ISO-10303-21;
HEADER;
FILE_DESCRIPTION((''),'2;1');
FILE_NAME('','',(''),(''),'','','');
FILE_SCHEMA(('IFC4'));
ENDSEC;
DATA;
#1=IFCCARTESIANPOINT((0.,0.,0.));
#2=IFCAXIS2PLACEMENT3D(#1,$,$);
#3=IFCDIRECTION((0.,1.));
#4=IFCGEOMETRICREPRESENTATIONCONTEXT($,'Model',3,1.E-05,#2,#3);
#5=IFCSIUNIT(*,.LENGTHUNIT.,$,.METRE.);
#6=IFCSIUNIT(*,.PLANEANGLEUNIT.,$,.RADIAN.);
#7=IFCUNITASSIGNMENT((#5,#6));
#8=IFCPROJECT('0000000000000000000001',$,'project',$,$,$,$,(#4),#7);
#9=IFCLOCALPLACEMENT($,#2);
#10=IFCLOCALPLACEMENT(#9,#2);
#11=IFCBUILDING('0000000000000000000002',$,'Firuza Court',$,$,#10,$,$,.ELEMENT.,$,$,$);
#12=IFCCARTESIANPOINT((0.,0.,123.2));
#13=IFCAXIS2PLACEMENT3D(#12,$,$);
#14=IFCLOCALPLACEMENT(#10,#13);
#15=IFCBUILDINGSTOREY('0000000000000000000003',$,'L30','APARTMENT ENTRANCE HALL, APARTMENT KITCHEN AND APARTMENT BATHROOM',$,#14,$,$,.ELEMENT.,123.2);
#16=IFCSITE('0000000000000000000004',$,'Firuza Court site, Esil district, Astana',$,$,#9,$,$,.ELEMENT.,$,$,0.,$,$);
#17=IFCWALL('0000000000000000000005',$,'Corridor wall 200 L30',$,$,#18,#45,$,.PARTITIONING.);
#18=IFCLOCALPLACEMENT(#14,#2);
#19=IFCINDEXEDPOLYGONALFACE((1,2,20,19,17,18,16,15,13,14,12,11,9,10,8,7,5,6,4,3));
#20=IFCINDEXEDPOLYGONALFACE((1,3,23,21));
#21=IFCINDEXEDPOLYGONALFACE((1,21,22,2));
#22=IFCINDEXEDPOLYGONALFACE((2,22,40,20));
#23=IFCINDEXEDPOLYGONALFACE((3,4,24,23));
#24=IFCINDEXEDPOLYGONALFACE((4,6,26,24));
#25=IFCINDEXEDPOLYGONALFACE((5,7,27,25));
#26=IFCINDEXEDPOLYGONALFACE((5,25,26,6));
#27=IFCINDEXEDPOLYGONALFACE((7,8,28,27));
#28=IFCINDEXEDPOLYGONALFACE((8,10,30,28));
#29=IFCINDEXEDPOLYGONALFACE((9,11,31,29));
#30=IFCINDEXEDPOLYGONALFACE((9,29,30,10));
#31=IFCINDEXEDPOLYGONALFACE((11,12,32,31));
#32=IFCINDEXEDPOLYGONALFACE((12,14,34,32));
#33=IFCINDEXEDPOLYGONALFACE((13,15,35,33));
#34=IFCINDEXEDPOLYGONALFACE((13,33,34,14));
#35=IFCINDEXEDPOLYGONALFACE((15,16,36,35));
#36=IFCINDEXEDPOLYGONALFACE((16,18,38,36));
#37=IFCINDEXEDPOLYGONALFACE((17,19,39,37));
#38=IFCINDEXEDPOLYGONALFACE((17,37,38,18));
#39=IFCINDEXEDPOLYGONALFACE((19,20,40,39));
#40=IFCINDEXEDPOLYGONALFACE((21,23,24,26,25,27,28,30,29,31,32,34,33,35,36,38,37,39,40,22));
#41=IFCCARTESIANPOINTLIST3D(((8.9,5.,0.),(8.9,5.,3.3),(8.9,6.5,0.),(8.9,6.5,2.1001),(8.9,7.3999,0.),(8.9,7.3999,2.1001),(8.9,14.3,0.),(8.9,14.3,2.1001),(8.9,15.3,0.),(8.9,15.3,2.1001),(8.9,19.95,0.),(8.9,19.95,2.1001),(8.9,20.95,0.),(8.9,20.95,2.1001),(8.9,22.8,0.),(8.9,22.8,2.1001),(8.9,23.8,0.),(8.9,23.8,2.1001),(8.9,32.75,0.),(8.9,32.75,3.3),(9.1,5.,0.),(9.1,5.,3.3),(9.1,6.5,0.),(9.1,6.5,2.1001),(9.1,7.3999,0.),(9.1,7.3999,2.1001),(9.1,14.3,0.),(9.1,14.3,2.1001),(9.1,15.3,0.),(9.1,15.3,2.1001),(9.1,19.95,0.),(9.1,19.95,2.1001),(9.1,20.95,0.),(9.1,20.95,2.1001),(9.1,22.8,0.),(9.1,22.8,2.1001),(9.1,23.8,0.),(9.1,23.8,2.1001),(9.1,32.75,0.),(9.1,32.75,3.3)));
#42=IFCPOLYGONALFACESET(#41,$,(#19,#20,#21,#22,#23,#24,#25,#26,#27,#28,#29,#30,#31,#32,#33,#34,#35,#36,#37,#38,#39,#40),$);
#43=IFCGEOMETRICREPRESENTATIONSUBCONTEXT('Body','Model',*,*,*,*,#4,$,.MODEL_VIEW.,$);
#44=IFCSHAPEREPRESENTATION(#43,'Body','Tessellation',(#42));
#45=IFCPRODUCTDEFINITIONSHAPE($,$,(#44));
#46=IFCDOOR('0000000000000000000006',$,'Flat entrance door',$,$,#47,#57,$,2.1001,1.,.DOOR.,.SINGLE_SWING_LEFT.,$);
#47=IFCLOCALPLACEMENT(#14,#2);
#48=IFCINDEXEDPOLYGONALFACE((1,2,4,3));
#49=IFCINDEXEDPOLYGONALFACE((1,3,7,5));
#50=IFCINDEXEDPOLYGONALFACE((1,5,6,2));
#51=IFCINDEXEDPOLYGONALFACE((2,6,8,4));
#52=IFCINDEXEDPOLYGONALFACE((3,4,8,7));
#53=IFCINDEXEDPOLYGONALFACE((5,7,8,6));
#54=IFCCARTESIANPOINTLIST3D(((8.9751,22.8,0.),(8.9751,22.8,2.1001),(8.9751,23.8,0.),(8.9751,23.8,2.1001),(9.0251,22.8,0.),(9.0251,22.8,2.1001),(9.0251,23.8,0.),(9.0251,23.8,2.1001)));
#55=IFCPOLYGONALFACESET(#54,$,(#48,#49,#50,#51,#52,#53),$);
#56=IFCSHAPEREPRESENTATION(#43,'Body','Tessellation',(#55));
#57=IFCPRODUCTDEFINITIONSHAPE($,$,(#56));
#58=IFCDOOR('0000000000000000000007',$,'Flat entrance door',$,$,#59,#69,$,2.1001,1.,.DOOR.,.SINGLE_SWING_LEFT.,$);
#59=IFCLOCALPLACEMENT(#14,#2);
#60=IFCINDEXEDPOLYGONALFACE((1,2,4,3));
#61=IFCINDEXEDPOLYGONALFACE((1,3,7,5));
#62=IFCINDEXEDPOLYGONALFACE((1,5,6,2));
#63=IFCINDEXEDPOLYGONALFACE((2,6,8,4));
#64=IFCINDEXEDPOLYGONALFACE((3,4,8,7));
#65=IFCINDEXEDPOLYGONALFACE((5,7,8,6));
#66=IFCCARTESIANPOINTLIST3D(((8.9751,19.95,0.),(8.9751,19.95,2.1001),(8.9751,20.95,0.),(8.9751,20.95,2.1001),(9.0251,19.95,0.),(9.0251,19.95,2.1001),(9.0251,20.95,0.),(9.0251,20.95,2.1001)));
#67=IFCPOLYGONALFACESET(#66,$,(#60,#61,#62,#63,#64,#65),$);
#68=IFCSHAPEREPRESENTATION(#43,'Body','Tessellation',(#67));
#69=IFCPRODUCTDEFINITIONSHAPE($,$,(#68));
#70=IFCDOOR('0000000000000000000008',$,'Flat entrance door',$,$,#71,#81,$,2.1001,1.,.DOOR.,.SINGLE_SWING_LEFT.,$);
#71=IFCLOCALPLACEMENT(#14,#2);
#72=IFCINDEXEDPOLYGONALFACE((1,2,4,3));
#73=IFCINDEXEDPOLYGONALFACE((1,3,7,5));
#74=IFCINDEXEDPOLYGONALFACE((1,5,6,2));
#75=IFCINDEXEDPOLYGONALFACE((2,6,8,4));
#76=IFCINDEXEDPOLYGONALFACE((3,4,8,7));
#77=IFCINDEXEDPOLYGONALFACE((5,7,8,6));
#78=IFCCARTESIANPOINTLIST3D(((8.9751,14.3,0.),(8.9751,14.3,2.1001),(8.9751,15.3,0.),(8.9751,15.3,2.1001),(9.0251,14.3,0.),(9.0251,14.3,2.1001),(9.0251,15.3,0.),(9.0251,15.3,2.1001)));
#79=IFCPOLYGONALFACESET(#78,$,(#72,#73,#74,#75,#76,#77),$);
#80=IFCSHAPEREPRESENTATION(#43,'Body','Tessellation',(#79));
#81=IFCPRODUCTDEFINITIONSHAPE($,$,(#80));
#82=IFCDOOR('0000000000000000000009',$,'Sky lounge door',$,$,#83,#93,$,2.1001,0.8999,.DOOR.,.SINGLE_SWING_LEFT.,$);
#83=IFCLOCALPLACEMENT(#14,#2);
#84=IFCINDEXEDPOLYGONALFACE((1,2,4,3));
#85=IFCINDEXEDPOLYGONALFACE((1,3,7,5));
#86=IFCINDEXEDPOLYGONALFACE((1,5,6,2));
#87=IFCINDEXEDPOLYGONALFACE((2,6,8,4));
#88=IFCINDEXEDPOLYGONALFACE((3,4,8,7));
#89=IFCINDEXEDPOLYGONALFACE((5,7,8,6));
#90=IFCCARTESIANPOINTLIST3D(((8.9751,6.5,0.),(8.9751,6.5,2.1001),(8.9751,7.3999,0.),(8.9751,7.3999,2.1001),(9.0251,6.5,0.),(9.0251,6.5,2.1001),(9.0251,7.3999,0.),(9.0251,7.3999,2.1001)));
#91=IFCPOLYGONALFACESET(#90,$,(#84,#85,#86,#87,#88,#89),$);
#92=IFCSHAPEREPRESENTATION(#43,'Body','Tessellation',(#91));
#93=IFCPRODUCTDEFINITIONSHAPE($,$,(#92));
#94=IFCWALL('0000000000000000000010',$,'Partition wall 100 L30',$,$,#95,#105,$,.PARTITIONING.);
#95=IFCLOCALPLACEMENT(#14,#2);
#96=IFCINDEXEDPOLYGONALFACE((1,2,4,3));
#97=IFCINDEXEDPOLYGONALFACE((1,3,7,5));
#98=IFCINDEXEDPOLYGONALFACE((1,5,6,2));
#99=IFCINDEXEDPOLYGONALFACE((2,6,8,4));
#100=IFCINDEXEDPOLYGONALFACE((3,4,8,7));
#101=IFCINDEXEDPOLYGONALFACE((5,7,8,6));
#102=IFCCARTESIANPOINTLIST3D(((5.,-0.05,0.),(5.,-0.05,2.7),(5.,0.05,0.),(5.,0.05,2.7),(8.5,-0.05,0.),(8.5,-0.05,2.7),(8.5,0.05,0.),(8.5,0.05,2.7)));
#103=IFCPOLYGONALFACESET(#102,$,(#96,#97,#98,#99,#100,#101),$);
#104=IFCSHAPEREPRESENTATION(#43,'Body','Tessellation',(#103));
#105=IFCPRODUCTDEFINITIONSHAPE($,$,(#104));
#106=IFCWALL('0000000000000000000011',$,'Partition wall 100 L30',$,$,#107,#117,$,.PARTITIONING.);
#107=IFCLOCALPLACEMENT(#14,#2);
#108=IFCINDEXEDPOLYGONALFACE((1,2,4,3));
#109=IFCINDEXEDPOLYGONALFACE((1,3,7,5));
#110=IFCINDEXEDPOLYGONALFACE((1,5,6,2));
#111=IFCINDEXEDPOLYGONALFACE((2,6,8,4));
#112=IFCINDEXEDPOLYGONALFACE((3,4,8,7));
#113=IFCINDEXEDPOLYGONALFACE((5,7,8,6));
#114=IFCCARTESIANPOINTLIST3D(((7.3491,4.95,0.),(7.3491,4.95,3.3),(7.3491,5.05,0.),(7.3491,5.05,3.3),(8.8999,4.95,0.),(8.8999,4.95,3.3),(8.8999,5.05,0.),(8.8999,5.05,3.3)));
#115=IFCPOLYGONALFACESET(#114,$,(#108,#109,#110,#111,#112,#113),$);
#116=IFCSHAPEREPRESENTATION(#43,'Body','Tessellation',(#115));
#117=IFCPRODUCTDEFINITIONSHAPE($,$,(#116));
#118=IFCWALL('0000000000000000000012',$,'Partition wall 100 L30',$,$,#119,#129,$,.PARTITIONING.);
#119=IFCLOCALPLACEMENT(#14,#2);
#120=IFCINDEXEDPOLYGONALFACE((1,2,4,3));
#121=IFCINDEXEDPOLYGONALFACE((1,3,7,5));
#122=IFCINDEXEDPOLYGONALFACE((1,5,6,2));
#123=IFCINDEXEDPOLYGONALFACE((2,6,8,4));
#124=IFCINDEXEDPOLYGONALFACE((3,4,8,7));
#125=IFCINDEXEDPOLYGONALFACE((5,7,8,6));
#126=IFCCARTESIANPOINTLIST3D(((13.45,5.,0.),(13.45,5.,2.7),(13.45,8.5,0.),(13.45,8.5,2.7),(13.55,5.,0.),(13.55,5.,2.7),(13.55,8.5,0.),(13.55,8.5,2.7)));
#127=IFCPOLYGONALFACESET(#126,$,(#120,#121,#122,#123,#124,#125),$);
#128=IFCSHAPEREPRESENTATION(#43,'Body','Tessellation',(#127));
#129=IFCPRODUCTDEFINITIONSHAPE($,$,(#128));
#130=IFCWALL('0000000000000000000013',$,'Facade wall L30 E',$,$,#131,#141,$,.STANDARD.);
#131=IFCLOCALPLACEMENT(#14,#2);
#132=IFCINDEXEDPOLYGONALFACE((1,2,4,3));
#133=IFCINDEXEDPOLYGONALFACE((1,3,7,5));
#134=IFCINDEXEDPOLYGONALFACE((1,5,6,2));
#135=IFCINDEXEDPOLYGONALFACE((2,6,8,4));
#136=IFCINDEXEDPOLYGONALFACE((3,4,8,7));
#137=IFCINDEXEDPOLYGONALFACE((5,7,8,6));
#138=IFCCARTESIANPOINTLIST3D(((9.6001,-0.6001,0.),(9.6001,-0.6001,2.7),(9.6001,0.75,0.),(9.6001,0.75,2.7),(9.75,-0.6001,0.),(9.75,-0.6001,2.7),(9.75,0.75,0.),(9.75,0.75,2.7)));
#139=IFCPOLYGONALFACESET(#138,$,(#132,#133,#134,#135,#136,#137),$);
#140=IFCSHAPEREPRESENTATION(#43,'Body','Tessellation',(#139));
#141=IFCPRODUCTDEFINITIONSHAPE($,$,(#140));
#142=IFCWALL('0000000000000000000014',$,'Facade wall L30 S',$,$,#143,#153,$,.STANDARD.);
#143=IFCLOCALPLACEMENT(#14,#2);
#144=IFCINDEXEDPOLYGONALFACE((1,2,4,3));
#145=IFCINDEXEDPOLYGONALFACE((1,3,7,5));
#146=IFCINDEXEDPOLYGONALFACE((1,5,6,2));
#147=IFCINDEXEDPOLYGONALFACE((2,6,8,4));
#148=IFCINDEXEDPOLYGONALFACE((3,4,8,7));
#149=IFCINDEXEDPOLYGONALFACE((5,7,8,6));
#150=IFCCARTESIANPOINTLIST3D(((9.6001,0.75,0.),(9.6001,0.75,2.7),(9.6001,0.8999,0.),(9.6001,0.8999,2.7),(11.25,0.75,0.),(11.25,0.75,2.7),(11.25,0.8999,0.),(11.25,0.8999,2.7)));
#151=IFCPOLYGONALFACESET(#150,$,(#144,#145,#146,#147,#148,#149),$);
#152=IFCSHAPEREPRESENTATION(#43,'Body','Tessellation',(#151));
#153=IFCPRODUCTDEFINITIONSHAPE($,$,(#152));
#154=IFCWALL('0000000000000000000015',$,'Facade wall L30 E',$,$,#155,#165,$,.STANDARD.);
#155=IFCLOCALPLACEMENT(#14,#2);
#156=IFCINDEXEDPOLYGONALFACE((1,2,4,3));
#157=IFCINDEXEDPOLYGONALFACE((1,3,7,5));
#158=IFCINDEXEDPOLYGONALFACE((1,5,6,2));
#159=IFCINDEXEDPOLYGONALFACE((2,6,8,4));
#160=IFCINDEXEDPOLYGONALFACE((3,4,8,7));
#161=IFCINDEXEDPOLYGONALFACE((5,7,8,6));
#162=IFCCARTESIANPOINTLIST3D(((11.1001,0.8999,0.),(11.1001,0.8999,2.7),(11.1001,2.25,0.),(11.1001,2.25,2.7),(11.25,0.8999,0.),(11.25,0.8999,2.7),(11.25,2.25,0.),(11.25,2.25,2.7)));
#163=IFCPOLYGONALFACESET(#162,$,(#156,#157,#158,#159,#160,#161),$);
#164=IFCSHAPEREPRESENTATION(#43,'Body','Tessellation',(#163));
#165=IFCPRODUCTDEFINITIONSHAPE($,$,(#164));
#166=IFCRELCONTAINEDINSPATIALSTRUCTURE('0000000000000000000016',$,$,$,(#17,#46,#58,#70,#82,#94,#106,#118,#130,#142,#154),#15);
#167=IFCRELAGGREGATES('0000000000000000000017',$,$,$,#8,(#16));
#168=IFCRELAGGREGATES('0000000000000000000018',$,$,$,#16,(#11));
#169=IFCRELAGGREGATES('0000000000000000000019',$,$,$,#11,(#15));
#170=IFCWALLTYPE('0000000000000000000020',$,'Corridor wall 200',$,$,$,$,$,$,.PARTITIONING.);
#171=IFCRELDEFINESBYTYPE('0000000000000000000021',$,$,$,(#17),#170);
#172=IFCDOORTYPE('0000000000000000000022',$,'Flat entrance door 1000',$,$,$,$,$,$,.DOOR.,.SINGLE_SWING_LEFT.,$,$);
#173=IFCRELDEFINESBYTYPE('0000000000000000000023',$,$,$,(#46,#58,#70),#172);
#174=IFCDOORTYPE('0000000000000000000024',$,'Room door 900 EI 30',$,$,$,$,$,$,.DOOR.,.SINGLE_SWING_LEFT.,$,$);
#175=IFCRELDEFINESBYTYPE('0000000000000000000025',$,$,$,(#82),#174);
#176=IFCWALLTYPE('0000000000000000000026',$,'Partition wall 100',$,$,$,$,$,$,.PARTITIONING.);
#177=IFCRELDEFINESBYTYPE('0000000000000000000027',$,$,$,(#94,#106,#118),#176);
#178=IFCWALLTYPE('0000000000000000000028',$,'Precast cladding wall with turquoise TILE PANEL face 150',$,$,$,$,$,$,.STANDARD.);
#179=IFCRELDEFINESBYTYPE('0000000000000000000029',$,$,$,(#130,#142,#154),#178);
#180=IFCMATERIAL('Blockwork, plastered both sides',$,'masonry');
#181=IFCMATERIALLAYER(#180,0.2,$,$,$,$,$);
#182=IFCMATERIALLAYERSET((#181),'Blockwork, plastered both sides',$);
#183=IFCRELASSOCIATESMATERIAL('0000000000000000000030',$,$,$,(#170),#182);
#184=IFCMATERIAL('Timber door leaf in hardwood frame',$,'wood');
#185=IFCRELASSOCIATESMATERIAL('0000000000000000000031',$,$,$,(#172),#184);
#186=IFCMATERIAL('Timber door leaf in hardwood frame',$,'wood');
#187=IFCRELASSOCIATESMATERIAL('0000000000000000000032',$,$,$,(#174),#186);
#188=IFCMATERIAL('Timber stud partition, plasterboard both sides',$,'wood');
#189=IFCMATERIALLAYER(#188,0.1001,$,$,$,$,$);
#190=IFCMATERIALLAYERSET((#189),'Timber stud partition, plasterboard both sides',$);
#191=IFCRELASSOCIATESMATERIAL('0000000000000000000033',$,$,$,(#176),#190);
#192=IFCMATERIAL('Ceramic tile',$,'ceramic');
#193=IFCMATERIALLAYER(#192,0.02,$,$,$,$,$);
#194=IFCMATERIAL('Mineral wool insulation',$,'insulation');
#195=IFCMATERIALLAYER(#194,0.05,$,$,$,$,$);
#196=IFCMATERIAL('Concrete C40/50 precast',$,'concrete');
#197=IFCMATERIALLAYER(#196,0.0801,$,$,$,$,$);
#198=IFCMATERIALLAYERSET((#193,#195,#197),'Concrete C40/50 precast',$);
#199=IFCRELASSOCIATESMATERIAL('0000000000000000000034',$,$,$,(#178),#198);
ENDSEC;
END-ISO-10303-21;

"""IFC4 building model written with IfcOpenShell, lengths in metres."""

from ifc_helpers import new_model, si_unit, direction, frame, frame_2d, origin, place, context, subcontext, project, spatial, rectangle, extrude, material, layer, layer_set, type_object, element, fill, save


model = new_model("IFC4")

# Units and contexts
model_context = context("Model", 3, precision=1e-05, world=origin(), true_north=direction((0.0, 1.0)))
body_context = subcontext(model_context, "Body", "Model", "MODEL_VIEW")
ifc_project = project(units=[si_unit("LENGTHUNIT", "METRE"), si_unit("PLANEANGLEUNIT", "RADIAN")], contexts=[model_context])

# Site, building, storey
site_placement = place(None, origin())
site = spatial("IfcSite", under=ifc_project, at=site_placement, Name="Firuza Court site, Esil district, Astana", CompositionType="ELEMENT", RefElevation=0.0)
building_placement = place(site_placement, origin())
building = spatial("IfcBuilding", under=site, at=building_placement, Name="Firuza Court", CompositionType="ELEMENT")
storey_placement = place(building_placement, frame((0.0, 0.0, 123.2)))
storey = spatial("IfcBuildingStorey", under=building, at=storey_placement, Name="L30", Description="APARTMENT ENTRANCE HALL, APARTMENT KITCHEN AND APARTMENT BATHROOM", CompositionType="ELEMENT", Elevation=123.2)

# Wall, openings, doors
ifc_material_1 = material(Name="Blockwork, plastered both sides", Category="masonry")
ifc_layer_1 = layer(ifc_material_1, 0.2)
ifc_layer_set_1 = layer_set([ifc_layer_1], Name="Blockwork, plastered both sides")
wall_type_1 = type_object("IfcWallType", Name="Corridor wall 200", PredefinedType="PARTITIONING", material=ifc_layer_set_1)
wall_1_placement = place(storey_placement, frame((9.0, 5.0, 0.0), z_axis=(0.0, 0.0, 1.0), x_axis=(0.0, 1.0, 0.0)))
wall_1 = element("IfcWall", 1, at=wall_1_placement, inside=storey, type_object=wall_type_1, Name="Corridor wall 200 L30", PredefinedType="PARTITIONING", context=body_context, shape_type="SweptSolid", body=[
    extrude(rectangle(XDim=27.75, YDim=0.2, at=frame_2d((13.875, 0.0))), origin(), (0.0, 0.0, 1.0), 3.3),
])
opening_1_placement = place(wall_1_placement, frame((17.8, 0.0, 0.0)))
opening_1 = element("IfcOpeningElement", 2, at=opening_1_placement, cuts=wall_1, PredefinedType="OPENING", context=body_context, shape_type="SweptSolid", body=[
    extrude(rectangle(XDim=1.0, YDim=2.1001, at=frame_2d((0.5, 1.05))), frame((0.0, 0.1118, 0.0), z_axis=(0.0, -1.0, 0.0), x_axis=(1.0, 0.0, 0.0)), (0.0, 0.0, 1.0), 0.2239),
])
opening_2_placement = place(wall_1_placement, frame((14.95, 0.0, 0.0)))
opening_2 = element("IfcOpeningElement", 3, at=opening_2_placement, cuts=wall_1, PredefinedType="OPENING", context=body_context, shape_type="SweptSolid", body=[
    extrude(rectangle(XDim=1.0, YDim=2.1001, at=frame_2d((0.5, 1.05))), frame((0.0, 0.1118, 0.0), z_axis=(0.0, -1.0, 0.0), x_axis=(1.0, 0.0, 0.0)), (0.0, 0.0, 1.0), 0.2239),
])
opening_3_placement = place(wall_1_placement, frame((9.3, 0.0, 0.0)))
opening_3 = element("IfcOpeningElement", 4, at=opening_3_placement, cuts=wall_1, PredefinedType="OPENING", context=body_context, shape_type="SweptSolid", body=[
    extrude(rectangle(XDim=1.0, YDim=2.1001, at=frame_2d((0.5, 1.05))), frame((0.0, 0.1118, 0.0), z_axis=(0.0, -1.0, 0.0), x_axis=(1.0, 0.0, 0.0)), (0.0, 0.0, 1.0), 0.2239),
])
opening_4_placement = place(wall_1_placement, frame((1.5, 0.0, 0.0)))
opening_4 = element("IfcOpeningElement", 5, at=opening_4_placement, cuts=wall_1, PredefinedType="OPENING", context=body_context, shape_type="SweptSolid", body=[
    extrude(rectangle(XDim=0.8999, YDim=2.1001, at=frame_2d((0.45, 1.05))), frame((0.0, 0.1118, 0.0), z_axis=(0.0, -1.0, 0.0), x_axis=(1.0, 0.0, 0.0)), (0.0, 0.0, 1.0), 0.2239),
])
ifc_material_2 = material(Name="Timber door leaf in hardwood frame", Category="wood")
door_type_1 = type_object("IfcDoorType", Name="Flat entrance door 1000", OperationType="SINGLE_SWING_LEFT", PredefinedType="DOOR", material=ifc_material_2)
door_1_placement = place(opening_1_placement, origin())
door_1 = element("IfcDoor", 6, at=door_1_placement, inside=storey, type_object=door_type_1, Name="Flat entrance door", OperationType="SINGLE_SWING_LEFT", OverallHeight=2.1001, OverallWidth=1.0, PredefinedType="DOOR", context=body_context, shape_type="SweptSolid", body=[
    extrude(rectangle(XDim=1.0, YDim=2.1001, at=frame_2d((0.5, 1.05))), frame((0.0, 0.0249, 0.0), z_axis=(0.0, -1.0, 0.0), x_axis=(1.0, 0.0, 0.0)), (0.0, 0.0, 1.0), 0.05),
])
fill(opening_1, door_1)
door_2_placement = place(opening_2_placement, origin())
door_2 = element("IfcDoor", 7, at=door_2_placement, inside=storey, type_object=door_type_1, Name="Flat entrance door", OperationType="SINGLE_SWING_LEFT", OverallHeight=2.1001, OverallWidth=1.0, PredefinedType="DOOR", context=body_context, shape_type="SweptSolid", body=[
    extrude(rectangle(XDim=1.0, YDim=2.1001, at=frame_2d((0.5, 1.05))), frame((0.0, 0.0249, 0.0), z_axis=(0.0, -1.0, 0.0), x_axis=(1.0, 0.0, 0.0)), (0.0, 0.0, 1.0), 0.05),
])
fill(opening_2, door_2)
door_3_placement = place(opening_3_placement, origin())
door_3 = element("IfcDoor", 8, at=door_3_placement, inside=storey, type_object=door_type_1, Name="Flat entrance door", OperationType="SINGLE_SWING_LEFT", OverallHeight=2.1001, OverallWidth=1.0, PredefinedType="DOOR", context=body_context, shape_type="SweptSolid", body=[
    extrude(rectangle(XDim=1.0, YDim=2.1001, at=frame_2d((0.5, 1.05))), frame((0.0, 0.0249, 0.0), z_axis=(0.0, -1.0, 0.0), x_axis=(1.0, 0.0, 0.0)), (0.0, 0.0, 1.0), 0.05),
])
fill(opening_3, door_3)
ifc_material_3 = material(Name="Timber door leaf in hardwood frame", Category="wood")
door_type_2 = type_object("IfcDoorType", Name="Room door 900 EI 30", OperationType="SINGLE_SWING_LEFT", PredefinedType="DOOR", material=ifc_material_3)
door_4_placement = place(opening_4_placement, origin())
door_4 = element("IfcDoor", 9, at=door_4_placement, inside=storey, type_object=door_type_2, Name="Sky lounge door", OperationType="SINGLE_SWING_LEFT", OverallHeight=2.1001, OverallWidth=0.8999, PredefinedType="DOOR", context=body_context, shape_type="SweptSolid", body=[
    extrude(rectangle(XDim=0.8999, YDim=2.1001, at=frame_2d((0.45, 1.05))), frame((0.0, 0.0249, 0.0), z_axis=(0.0, -1.0, 0.0), x_axis=(1.0, 0.0, 0.0)), (0.0, 0.0, 1.0), 0.05),
])
fill(opening_4, door_4)

# Walls
ifc_material_4 = material(Name="Timber stud partition, plasterboard both sides", Category="wood")
ifc_layer_2 = layer(ifc_material_4, 0.1001)
ifc_layer_set_2 = layer_set([ifc_layer_2], Name="Timber stud partition, plasterboard both sides")
wall_type_2 = type_object("IfcWallType", Name="Partition wall 100", PredefinedType="PARTITIONING", material=ifc_layer_set_2)
wall_2_placement = place(storey_placement, frame((5.0, 0.0, 0.0), z_axis=(0.0, 0.0, 1.0), x_axis=(1.0, 0.0, 0.0)))
element("IfcWall", 10, at=wall_2_placement, inside=storey, type_object=wall_type_2, Name="Partition wall 100 L30", PredefinedType="PARTITIONING", context=body_context, shape_type="SweptSolid", body=[
    extrude(rectangle(XDim=3.5, YDim=0.1001, at=frame_2d((1.75, 0.0))), origin(), (0.0, 0.0, 1.0), 2.7),
])
wall_3_placement = place(storey_placement, frame((7.3491, 5.0, 0.0), z_axis=(0.0, 0.0, 1.0), x_axis=(1.0, 0.0, 0.0)))
element("IfcWall", 11, at=wall_3_placement, inside=storey, type_object=wall_type_2, Name="Partition wall 100 L30", PredefinedType="PARTITIONING", context=body_context, shape_type="SweptSolid", body=[
    extrude(rectangle(XDim=1.5508, YDim=0.1001, at=frame_2d((0.7754, 0.0))), origin(), (0.0, 0.0, 1.0), 3.3),
])
wall_4_placement = place(storey_placement, frame((13.5, 5.0, 0.0), z_axis=(0.0, 0.0, 1.0), x_axis=(0.0, 1.0, 0.0)))
element("IfcWall", 12, at=wall_4_placement, inside=storey, type_object=wall_type_2, Name="Partition wall 100 L30", PredefinedType="PARTITIONING", context=body_context, shape_type="SweptSolid", body=[
    extrude(rectangle(XDim=3.5, YDim=0.1001, at=frame_2d((1.75, 0.0))), origin(), (0.0, 0.0, 1.0), 2.7),
])
ifc_material_5 = material(Name="Ceramic tile", Category="ceramic")
ifc_layer_3 = layer(ifc_material_5, 0.02)
ifc_material_6 = material(Name="Mineral wool insulation", Category="insulation")
ifc_layer_4 = layer(ifc_material_6, 0.05)
ifc_material_7 = material(Name="Concrete C40/50 precast", Category="concrete")
ifc_layer_5 = layer(ifc_material_7, 0.0801)
ifc_layer_set_3 = layer_set([ifc_layer_3, ifc_layer_4, ifc_layer_5], Name="Concrete C40/50 precast")
wall_type_3 = type_object("IfcWallType", Name="Precast cladding wall with turquoise TILE PANEL face 150", PredefinedType="STANDARD", material=ifc_layer_set_3)
wall_5_placement = place(storey_placement, frame((9.675, -0.6001, 0.0), z_axis=(0.0, 0.0, 1.0), x_axis=(0.0, 1.0, 0.0)))
element("IfcWall", 13, at=wall_5_placement, inside=storey, type_object=wall_type_3, Name="Facade wall L30 E", PredefinedType="STANDARD", context=body_context, shape_type="SweptSolid", body=[
    extrude(rectangle(XDim=1.3501, YDim=0.1499, at=frame_2d((0.675, 0.0))), origin(), (0.0, 0.0, 1.0), 2.7),
])
wall_6_placement = place(storey_placement, frame((9.6001, 0.825, 0.0), z_axis=(0.0, 0.0, 1.0), x_axis=(1.0, 0.0, 0.0)))
element("IfcWall", 14, at=wall_6_placement, inside=storey, type_object=wall_type_3, Name="Facade wall L30 S", PredefinedType="STANDARD", context=body_context, shape_type="SweptSolid", body=[
    extrude(rectangle(XDim=1.6499, YDim=0.1499, at=frame_2d((0.825, 0.0))), origin(), (0.0, 0.0, 1.0), 2.7),
])
wall_7_placement = place(storey_placement, frame((11.175, 0.8999, 0.0), z_axis=(0.0, 0.0, 1.0), x_axis=(0.0, 1.0, 0.0)))
element("IfcWall", 15, at=wall_7_placement, inside=storey, type_object=wall_type_3, Name="Facade wall L30 E", PredefinedType="STANDARD", context=body_context, shape_type="SweptSolid", body=[
    extrude(rectangle(XDim=1.3501, YDim=0.1499, at=frame_2d((0.675, 0.0))), origin(), (0.0, 0.0, 1.0), 2.7),
])

save(model, "model.ifc")
